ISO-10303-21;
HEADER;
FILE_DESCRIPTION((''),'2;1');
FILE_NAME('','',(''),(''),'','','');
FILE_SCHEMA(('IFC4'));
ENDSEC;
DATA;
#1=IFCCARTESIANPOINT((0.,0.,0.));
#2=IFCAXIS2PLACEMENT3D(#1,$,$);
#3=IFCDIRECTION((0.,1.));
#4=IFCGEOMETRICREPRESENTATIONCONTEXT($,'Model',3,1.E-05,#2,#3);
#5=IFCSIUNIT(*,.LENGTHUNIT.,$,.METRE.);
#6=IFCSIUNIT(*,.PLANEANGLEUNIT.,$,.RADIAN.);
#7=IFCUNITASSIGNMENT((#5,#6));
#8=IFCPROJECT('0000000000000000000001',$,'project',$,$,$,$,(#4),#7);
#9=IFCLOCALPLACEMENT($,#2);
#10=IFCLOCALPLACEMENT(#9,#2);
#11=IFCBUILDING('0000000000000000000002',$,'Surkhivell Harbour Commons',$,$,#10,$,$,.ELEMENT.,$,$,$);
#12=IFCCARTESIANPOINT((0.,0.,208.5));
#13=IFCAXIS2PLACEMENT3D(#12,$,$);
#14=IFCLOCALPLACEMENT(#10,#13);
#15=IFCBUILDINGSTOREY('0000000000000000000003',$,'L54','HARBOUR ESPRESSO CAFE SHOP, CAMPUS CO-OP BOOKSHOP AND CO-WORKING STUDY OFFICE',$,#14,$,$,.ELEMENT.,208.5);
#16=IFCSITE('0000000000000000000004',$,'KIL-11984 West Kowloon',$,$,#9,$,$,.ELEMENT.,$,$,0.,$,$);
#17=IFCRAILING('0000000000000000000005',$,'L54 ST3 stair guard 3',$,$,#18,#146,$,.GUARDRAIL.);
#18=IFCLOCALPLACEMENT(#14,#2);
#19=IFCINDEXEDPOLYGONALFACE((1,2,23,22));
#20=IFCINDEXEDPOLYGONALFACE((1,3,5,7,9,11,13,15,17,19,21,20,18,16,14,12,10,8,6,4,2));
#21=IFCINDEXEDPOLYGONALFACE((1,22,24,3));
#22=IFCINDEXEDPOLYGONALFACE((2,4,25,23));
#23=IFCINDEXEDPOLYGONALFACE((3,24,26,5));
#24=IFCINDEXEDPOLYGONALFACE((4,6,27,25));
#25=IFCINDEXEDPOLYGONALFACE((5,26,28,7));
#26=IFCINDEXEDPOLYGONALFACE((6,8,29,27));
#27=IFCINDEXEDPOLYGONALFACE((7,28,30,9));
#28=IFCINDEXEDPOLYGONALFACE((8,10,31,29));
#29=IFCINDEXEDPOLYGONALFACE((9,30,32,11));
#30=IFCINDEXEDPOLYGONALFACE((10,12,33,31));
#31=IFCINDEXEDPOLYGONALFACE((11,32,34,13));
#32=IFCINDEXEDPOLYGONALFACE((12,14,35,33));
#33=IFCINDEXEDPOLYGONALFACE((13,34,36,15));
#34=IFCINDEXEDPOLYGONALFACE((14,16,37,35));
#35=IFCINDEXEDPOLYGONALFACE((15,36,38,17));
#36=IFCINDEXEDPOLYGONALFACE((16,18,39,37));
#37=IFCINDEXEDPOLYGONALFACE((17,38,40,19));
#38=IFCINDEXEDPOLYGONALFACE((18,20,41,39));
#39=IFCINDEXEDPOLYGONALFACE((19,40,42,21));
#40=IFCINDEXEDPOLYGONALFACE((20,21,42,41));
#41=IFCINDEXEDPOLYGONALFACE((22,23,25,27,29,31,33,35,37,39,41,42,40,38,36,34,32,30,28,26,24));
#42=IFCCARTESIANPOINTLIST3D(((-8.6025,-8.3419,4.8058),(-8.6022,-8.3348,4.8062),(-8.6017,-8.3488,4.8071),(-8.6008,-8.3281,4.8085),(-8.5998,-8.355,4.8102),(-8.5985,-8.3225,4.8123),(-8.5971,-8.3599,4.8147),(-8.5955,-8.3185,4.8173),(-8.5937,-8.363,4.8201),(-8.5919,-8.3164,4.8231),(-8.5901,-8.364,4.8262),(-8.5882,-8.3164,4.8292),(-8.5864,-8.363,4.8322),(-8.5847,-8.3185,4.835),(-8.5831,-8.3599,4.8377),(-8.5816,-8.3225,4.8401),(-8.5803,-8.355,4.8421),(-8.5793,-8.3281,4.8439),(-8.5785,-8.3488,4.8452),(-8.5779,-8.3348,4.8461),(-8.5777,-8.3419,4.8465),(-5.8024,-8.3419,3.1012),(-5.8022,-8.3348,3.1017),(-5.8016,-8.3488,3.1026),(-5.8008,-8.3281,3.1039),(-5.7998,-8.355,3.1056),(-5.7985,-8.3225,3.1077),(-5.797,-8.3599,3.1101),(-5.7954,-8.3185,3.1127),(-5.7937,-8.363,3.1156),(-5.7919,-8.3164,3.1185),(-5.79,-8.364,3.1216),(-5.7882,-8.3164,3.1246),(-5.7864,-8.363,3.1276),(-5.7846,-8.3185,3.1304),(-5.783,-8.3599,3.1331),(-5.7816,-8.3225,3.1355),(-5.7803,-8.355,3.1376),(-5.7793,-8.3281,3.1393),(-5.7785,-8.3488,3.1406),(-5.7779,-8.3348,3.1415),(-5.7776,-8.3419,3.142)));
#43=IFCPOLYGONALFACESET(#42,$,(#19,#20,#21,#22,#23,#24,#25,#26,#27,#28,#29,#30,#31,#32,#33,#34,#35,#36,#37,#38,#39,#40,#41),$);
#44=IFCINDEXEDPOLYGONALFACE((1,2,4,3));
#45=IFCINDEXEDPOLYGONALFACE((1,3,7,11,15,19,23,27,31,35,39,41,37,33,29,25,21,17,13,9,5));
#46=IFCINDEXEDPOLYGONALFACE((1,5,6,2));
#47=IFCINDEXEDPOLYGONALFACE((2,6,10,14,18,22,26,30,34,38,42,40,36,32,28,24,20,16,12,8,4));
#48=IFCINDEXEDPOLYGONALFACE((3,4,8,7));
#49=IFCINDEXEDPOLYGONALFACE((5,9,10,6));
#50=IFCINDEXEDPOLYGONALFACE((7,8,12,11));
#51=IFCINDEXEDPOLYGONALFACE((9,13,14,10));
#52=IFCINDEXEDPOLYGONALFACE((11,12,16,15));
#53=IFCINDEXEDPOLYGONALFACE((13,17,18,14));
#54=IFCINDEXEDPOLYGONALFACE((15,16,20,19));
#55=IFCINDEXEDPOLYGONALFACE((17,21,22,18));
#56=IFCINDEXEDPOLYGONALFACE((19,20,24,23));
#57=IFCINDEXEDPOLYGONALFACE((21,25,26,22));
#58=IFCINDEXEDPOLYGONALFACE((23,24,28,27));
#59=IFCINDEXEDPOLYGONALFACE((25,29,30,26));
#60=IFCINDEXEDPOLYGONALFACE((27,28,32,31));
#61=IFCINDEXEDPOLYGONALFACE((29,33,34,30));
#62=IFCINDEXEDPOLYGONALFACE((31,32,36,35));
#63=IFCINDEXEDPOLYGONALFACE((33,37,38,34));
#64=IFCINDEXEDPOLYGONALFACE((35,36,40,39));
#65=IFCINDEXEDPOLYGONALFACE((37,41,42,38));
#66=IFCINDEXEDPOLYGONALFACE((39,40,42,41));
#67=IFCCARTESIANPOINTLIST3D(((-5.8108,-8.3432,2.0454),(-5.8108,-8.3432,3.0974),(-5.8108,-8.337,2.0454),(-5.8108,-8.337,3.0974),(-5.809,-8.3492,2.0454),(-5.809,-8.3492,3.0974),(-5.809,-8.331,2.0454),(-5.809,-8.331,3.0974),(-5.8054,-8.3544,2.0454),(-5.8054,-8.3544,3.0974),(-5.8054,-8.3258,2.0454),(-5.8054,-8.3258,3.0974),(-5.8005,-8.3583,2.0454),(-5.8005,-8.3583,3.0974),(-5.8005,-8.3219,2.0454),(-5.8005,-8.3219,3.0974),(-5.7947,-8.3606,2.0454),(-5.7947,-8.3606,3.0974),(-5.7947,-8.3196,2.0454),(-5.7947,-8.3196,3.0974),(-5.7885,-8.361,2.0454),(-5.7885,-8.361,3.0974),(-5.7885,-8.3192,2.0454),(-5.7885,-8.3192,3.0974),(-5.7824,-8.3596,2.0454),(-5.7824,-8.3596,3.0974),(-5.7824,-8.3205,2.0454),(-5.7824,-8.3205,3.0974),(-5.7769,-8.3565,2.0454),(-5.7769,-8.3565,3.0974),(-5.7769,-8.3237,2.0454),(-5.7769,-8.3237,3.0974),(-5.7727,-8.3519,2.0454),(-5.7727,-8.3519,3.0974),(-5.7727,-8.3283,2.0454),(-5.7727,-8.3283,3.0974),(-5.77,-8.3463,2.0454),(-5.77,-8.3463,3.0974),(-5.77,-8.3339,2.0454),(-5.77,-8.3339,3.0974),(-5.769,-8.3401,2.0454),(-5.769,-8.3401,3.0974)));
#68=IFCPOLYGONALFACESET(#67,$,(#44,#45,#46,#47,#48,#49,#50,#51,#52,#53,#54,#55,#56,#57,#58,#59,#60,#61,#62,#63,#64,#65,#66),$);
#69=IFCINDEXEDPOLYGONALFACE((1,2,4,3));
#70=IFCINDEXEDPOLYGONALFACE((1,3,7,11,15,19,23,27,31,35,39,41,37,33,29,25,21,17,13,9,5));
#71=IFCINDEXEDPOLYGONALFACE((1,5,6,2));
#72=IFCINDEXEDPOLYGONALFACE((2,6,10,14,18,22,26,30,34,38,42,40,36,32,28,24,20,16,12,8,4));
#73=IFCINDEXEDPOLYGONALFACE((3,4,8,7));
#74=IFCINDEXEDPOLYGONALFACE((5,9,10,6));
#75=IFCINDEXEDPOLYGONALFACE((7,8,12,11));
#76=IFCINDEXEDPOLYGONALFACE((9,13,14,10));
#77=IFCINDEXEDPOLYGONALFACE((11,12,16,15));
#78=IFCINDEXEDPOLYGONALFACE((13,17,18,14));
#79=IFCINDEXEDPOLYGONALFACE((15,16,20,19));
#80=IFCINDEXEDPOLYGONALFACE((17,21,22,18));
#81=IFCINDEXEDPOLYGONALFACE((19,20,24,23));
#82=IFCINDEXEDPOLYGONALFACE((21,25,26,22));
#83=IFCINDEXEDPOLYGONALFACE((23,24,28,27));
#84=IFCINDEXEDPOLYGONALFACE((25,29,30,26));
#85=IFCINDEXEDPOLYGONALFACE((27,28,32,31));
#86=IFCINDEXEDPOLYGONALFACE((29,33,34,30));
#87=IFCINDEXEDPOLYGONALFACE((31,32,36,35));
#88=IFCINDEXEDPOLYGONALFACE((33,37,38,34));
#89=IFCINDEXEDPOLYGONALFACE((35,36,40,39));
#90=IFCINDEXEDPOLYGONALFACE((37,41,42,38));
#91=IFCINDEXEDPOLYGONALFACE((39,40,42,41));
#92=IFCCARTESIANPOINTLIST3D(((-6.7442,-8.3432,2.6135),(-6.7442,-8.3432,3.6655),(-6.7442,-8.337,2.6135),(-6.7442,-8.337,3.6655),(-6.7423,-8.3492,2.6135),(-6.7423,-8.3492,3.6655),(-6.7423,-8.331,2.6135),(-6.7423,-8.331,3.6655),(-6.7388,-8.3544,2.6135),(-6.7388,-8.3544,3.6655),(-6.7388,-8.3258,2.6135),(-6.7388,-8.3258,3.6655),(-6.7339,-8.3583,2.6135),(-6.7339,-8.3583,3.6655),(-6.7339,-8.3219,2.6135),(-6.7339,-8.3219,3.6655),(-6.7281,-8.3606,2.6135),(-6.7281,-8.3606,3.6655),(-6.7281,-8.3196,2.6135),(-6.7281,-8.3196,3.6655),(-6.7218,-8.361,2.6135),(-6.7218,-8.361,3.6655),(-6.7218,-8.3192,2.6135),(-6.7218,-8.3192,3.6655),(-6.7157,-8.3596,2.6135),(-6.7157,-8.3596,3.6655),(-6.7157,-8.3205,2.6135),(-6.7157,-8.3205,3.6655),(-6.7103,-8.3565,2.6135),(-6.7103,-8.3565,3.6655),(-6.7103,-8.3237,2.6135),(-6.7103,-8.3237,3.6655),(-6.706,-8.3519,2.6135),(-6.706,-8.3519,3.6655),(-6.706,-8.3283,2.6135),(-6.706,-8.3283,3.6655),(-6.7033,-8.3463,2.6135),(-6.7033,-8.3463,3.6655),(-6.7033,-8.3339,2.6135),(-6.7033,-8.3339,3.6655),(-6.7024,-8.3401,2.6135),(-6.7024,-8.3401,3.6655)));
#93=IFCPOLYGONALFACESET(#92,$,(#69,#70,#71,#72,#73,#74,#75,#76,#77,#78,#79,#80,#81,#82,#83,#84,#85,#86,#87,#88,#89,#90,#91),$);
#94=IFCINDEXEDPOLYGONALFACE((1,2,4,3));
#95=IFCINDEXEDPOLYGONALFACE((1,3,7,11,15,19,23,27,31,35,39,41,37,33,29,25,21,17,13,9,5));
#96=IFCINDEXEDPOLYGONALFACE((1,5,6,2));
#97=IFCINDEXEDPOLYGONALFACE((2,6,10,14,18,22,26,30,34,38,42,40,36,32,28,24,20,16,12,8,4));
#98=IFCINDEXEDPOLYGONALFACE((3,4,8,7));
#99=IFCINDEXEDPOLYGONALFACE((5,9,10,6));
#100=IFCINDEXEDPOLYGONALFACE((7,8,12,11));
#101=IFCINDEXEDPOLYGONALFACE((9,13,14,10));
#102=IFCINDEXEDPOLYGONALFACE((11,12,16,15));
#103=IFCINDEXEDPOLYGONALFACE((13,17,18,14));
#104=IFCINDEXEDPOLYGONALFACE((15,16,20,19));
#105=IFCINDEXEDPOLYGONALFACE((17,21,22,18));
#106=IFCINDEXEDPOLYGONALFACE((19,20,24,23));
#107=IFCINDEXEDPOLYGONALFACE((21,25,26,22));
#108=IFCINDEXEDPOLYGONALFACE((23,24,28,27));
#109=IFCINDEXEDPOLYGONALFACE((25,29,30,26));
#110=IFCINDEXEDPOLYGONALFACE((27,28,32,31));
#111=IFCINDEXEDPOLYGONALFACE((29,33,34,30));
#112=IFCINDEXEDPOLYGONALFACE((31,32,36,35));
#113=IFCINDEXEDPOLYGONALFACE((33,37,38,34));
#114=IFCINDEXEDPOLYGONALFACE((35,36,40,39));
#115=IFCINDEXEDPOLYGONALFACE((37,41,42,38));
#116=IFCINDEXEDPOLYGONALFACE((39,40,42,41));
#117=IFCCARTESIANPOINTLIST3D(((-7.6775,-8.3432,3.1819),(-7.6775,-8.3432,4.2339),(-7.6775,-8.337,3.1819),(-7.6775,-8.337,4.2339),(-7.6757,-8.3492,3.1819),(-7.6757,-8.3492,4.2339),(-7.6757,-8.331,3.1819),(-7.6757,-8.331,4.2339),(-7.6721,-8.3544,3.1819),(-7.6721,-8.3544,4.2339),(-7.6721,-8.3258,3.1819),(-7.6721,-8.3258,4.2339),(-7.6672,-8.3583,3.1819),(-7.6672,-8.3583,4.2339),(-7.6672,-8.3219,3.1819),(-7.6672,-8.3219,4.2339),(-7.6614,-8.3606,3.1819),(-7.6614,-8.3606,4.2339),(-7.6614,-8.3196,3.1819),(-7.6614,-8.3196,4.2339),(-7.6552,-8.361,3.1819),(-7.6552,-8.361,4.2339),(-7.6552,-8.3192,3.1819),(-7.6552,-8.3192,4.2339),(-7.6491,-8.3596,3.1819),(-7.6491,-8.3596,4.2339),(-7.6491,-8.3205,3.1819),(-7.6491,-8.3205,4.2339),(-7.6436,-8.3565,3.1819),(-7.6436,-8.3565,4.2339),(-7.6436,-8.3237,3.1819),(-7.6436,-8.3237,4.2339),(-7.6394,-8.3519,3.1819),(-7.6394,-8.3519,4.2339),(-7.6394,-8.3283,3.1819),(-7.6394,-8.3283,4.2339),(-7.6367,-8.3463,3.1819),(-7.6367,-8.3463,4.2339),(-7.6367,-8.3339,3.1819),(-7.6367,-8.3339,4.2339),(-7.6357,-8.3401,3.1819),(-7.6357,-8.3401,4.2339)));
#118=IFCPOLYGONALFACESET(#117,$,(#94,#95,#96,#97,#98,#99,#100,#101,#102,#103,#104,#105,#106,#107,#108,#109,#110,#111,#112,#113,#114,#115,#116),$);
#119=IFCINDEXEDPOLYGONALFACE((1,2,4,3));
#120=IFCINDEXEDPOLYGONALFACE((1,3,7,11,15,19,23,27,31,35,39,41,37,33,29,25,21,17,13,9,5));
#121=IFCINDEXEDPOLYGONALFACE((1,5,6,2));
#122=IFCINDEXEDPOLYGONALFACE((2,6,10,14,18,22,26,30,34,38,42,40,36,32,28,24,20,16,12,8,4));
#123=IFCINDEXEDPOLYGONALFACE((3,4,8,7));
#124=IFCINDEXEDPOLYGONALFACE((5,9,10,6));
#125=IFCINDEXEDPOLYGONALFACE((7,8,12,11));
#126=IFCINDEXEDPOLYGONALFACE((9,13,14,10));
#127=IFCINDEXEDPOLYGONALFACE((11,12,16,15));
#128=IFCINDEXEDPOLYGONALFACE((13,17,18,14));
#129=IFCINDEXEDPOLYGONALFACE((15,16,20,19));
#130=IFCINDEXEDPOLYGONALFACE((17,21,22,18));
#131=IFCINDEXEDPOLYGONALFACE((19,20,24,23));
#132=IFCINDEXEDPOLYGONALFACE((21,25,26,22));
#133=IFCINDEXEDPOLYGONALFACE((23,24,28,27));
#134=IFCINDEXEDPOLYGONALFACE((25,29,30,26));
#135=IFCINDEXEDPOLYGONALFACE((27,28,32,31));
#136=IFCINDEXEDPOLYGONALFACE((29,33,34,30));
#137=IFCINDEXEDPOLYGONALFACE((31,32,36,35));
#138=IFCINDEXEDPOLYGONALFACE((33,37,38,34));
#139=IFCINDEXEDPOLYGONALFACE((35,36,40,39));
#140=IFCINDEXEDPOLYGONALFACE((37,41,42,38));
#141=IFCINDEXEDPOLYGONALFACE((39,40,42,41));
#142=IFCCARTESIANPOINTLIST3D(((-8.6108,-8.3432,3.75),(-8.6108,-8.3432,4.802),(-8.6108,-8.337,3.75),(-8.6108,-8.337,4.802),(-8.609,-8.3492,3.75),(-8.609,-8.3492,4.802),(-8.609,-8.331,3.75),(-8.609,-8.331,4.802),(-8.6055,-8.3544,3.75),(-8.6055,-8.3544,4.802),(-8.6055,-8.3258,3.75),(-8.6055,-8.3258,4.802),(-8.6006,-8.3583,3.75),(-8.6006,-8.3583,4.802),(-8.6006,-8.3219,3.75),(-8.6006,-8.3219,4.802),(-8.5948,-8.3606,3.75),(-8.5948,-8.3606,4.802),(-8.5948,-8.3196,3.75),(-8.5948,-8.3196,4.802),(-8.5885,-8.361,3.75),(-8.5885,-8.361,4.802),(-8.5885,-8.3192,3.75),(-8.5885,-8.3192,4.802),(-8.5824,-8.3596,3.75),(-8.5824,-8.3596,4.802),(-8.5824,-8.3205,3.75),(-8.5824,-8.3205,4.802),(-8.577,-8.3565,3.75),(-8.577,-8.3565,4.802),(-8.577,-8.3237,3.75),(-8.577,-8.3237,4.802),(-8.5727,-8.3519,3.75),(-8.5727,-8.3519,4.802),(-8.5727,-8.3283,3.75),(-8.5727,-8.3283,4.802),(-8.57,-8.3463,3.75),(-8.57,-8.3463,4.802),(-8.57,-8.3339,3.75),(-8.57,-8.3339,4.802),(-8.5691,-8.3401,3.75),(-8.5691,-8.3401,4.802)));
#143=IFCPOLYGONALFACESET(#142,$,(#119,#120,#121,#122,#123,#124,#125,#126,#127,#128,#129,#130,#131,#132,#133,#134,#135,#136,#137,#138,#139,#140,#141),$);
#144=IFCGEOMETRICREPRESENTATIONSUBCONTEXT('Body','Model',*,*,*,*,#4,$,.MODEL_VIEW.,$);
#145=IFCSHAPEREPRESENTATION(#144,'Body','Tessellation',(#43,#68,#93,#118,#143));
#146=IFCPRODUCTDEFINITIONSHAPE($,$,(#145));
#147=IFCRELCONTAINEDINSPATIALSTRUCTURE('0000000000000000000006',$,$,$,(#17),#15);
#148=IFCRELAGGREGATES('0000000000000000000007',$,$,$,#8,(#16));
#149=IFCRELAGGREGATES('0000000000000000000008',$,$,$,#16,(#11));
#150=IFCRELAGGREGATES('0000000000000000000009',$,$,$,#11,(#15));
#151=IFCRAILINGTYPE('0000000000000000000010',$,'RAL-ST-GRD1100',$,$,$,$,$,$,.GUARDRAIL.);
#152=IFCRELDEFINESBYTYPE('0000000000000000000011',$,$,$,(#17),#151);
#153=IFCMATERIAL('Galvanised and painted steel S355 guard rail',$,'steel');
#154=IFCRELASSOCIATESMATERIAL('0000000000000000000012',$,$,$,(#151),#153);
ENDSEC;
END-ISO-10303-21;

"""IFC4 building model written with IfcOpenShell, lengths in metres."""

from ifc_helpers import new_model, si_unit, direction, frame, origin, origin_2d, place, context, subcontext, project, spatial, circle, extrude, material, type_object, element, save


model = new_model("IFC4")

# Units and contexts
model_context = context("Model", 3, precision=1e-05, world=origin(), true_north=direction((0.0, 1.0)))
body_context = subcontext(model_context, "Body", "Model", "MODEL_VIEW")
ifc_project = project(units=[si_unit("LENGTHUNIT", "METRE"), si_unit("PLANEANGLEUNIT", "RADIAN")], contexts=[model_context])

# Site, building, storey
site_placement = place(None, origin())
site = spatial("IfcSite", under=ifc_project, at=site_placement, Name="KIL-11984 West Kowloon", CompositionType="ELEMENT", RefElevation=0.0)
building_placement = place(site_placement, origin())
building = spatial("IfcBuilding", under=site, at=building_placement, Name="Surkhivell Harbour Commons", CompositionType="ELEMENT")
storey_placement = place(building_placement, frame((0.0, 0.0, 208.5)))
storey = spatial("IfcBuildingStorey", under=building, at=storey_placement, Name="L54", Description="HARBOUR ESPRESSO CAFE SHOP, CAMPUS CO-OP BOOKSHOP AND CO-WORKING STUDY OFFICE", CompositionType="ELEMENT", Elevation=208.5)

# Railing
ifc_material_1 = material(Name="Galvanised and painted steel S355 guard rail", Category="steel")
railing_type_1 = type_object("IfcRailingType", Name="RAL-ST-GRD1100", PredefinedType="GUARDRAIL", material=ifc_material_1)
railing_1_placement = place(storey_placement, frame((-5.79, -8.3401, 2.0454)))
element("IfcRailing", 1, at=railing_1_placement, inside=storey, type_object=railing_type_1, Name="L54 ST3 stair guard 3", PredefinedType="GUARDRAIL", context=body_context, shape_type="SweptSolid", body=[
    extrude(circle(Radius=0.0239, at=origin_2d()), frame((0.0, 0.0, 1.0762), z_axis=(-0.85417, 0.0, 0.519994), x_axis=(0.0, -1.0, 0.0)), (0.0, 0.0, 1.0), 3.2781),
    extrude(circle(Radius=0.021, at=origin_2d()), origin(), (0.0, 0.0, 1.0), 1.052),
    extrude(circle(Radius=0.021, at=origin_2d()), frame((-0.9333, 0.0, 0.5681)), (0.0, 0.0, 1.0), 1.052),
    extrude(circle(Radius=0.021, at=origin_2d()), frame((-1.8667, 0.0, 1.1365)), (0.0, 0.0, 1.0), 1.052),
    extrude(circle(Radius=0.021, at=origin_2d()), frame((-2.8, 0.0, 1.7046)), (0.0, 0.0, 1.0), 1.052),
])

save(model, "model.ifc")
